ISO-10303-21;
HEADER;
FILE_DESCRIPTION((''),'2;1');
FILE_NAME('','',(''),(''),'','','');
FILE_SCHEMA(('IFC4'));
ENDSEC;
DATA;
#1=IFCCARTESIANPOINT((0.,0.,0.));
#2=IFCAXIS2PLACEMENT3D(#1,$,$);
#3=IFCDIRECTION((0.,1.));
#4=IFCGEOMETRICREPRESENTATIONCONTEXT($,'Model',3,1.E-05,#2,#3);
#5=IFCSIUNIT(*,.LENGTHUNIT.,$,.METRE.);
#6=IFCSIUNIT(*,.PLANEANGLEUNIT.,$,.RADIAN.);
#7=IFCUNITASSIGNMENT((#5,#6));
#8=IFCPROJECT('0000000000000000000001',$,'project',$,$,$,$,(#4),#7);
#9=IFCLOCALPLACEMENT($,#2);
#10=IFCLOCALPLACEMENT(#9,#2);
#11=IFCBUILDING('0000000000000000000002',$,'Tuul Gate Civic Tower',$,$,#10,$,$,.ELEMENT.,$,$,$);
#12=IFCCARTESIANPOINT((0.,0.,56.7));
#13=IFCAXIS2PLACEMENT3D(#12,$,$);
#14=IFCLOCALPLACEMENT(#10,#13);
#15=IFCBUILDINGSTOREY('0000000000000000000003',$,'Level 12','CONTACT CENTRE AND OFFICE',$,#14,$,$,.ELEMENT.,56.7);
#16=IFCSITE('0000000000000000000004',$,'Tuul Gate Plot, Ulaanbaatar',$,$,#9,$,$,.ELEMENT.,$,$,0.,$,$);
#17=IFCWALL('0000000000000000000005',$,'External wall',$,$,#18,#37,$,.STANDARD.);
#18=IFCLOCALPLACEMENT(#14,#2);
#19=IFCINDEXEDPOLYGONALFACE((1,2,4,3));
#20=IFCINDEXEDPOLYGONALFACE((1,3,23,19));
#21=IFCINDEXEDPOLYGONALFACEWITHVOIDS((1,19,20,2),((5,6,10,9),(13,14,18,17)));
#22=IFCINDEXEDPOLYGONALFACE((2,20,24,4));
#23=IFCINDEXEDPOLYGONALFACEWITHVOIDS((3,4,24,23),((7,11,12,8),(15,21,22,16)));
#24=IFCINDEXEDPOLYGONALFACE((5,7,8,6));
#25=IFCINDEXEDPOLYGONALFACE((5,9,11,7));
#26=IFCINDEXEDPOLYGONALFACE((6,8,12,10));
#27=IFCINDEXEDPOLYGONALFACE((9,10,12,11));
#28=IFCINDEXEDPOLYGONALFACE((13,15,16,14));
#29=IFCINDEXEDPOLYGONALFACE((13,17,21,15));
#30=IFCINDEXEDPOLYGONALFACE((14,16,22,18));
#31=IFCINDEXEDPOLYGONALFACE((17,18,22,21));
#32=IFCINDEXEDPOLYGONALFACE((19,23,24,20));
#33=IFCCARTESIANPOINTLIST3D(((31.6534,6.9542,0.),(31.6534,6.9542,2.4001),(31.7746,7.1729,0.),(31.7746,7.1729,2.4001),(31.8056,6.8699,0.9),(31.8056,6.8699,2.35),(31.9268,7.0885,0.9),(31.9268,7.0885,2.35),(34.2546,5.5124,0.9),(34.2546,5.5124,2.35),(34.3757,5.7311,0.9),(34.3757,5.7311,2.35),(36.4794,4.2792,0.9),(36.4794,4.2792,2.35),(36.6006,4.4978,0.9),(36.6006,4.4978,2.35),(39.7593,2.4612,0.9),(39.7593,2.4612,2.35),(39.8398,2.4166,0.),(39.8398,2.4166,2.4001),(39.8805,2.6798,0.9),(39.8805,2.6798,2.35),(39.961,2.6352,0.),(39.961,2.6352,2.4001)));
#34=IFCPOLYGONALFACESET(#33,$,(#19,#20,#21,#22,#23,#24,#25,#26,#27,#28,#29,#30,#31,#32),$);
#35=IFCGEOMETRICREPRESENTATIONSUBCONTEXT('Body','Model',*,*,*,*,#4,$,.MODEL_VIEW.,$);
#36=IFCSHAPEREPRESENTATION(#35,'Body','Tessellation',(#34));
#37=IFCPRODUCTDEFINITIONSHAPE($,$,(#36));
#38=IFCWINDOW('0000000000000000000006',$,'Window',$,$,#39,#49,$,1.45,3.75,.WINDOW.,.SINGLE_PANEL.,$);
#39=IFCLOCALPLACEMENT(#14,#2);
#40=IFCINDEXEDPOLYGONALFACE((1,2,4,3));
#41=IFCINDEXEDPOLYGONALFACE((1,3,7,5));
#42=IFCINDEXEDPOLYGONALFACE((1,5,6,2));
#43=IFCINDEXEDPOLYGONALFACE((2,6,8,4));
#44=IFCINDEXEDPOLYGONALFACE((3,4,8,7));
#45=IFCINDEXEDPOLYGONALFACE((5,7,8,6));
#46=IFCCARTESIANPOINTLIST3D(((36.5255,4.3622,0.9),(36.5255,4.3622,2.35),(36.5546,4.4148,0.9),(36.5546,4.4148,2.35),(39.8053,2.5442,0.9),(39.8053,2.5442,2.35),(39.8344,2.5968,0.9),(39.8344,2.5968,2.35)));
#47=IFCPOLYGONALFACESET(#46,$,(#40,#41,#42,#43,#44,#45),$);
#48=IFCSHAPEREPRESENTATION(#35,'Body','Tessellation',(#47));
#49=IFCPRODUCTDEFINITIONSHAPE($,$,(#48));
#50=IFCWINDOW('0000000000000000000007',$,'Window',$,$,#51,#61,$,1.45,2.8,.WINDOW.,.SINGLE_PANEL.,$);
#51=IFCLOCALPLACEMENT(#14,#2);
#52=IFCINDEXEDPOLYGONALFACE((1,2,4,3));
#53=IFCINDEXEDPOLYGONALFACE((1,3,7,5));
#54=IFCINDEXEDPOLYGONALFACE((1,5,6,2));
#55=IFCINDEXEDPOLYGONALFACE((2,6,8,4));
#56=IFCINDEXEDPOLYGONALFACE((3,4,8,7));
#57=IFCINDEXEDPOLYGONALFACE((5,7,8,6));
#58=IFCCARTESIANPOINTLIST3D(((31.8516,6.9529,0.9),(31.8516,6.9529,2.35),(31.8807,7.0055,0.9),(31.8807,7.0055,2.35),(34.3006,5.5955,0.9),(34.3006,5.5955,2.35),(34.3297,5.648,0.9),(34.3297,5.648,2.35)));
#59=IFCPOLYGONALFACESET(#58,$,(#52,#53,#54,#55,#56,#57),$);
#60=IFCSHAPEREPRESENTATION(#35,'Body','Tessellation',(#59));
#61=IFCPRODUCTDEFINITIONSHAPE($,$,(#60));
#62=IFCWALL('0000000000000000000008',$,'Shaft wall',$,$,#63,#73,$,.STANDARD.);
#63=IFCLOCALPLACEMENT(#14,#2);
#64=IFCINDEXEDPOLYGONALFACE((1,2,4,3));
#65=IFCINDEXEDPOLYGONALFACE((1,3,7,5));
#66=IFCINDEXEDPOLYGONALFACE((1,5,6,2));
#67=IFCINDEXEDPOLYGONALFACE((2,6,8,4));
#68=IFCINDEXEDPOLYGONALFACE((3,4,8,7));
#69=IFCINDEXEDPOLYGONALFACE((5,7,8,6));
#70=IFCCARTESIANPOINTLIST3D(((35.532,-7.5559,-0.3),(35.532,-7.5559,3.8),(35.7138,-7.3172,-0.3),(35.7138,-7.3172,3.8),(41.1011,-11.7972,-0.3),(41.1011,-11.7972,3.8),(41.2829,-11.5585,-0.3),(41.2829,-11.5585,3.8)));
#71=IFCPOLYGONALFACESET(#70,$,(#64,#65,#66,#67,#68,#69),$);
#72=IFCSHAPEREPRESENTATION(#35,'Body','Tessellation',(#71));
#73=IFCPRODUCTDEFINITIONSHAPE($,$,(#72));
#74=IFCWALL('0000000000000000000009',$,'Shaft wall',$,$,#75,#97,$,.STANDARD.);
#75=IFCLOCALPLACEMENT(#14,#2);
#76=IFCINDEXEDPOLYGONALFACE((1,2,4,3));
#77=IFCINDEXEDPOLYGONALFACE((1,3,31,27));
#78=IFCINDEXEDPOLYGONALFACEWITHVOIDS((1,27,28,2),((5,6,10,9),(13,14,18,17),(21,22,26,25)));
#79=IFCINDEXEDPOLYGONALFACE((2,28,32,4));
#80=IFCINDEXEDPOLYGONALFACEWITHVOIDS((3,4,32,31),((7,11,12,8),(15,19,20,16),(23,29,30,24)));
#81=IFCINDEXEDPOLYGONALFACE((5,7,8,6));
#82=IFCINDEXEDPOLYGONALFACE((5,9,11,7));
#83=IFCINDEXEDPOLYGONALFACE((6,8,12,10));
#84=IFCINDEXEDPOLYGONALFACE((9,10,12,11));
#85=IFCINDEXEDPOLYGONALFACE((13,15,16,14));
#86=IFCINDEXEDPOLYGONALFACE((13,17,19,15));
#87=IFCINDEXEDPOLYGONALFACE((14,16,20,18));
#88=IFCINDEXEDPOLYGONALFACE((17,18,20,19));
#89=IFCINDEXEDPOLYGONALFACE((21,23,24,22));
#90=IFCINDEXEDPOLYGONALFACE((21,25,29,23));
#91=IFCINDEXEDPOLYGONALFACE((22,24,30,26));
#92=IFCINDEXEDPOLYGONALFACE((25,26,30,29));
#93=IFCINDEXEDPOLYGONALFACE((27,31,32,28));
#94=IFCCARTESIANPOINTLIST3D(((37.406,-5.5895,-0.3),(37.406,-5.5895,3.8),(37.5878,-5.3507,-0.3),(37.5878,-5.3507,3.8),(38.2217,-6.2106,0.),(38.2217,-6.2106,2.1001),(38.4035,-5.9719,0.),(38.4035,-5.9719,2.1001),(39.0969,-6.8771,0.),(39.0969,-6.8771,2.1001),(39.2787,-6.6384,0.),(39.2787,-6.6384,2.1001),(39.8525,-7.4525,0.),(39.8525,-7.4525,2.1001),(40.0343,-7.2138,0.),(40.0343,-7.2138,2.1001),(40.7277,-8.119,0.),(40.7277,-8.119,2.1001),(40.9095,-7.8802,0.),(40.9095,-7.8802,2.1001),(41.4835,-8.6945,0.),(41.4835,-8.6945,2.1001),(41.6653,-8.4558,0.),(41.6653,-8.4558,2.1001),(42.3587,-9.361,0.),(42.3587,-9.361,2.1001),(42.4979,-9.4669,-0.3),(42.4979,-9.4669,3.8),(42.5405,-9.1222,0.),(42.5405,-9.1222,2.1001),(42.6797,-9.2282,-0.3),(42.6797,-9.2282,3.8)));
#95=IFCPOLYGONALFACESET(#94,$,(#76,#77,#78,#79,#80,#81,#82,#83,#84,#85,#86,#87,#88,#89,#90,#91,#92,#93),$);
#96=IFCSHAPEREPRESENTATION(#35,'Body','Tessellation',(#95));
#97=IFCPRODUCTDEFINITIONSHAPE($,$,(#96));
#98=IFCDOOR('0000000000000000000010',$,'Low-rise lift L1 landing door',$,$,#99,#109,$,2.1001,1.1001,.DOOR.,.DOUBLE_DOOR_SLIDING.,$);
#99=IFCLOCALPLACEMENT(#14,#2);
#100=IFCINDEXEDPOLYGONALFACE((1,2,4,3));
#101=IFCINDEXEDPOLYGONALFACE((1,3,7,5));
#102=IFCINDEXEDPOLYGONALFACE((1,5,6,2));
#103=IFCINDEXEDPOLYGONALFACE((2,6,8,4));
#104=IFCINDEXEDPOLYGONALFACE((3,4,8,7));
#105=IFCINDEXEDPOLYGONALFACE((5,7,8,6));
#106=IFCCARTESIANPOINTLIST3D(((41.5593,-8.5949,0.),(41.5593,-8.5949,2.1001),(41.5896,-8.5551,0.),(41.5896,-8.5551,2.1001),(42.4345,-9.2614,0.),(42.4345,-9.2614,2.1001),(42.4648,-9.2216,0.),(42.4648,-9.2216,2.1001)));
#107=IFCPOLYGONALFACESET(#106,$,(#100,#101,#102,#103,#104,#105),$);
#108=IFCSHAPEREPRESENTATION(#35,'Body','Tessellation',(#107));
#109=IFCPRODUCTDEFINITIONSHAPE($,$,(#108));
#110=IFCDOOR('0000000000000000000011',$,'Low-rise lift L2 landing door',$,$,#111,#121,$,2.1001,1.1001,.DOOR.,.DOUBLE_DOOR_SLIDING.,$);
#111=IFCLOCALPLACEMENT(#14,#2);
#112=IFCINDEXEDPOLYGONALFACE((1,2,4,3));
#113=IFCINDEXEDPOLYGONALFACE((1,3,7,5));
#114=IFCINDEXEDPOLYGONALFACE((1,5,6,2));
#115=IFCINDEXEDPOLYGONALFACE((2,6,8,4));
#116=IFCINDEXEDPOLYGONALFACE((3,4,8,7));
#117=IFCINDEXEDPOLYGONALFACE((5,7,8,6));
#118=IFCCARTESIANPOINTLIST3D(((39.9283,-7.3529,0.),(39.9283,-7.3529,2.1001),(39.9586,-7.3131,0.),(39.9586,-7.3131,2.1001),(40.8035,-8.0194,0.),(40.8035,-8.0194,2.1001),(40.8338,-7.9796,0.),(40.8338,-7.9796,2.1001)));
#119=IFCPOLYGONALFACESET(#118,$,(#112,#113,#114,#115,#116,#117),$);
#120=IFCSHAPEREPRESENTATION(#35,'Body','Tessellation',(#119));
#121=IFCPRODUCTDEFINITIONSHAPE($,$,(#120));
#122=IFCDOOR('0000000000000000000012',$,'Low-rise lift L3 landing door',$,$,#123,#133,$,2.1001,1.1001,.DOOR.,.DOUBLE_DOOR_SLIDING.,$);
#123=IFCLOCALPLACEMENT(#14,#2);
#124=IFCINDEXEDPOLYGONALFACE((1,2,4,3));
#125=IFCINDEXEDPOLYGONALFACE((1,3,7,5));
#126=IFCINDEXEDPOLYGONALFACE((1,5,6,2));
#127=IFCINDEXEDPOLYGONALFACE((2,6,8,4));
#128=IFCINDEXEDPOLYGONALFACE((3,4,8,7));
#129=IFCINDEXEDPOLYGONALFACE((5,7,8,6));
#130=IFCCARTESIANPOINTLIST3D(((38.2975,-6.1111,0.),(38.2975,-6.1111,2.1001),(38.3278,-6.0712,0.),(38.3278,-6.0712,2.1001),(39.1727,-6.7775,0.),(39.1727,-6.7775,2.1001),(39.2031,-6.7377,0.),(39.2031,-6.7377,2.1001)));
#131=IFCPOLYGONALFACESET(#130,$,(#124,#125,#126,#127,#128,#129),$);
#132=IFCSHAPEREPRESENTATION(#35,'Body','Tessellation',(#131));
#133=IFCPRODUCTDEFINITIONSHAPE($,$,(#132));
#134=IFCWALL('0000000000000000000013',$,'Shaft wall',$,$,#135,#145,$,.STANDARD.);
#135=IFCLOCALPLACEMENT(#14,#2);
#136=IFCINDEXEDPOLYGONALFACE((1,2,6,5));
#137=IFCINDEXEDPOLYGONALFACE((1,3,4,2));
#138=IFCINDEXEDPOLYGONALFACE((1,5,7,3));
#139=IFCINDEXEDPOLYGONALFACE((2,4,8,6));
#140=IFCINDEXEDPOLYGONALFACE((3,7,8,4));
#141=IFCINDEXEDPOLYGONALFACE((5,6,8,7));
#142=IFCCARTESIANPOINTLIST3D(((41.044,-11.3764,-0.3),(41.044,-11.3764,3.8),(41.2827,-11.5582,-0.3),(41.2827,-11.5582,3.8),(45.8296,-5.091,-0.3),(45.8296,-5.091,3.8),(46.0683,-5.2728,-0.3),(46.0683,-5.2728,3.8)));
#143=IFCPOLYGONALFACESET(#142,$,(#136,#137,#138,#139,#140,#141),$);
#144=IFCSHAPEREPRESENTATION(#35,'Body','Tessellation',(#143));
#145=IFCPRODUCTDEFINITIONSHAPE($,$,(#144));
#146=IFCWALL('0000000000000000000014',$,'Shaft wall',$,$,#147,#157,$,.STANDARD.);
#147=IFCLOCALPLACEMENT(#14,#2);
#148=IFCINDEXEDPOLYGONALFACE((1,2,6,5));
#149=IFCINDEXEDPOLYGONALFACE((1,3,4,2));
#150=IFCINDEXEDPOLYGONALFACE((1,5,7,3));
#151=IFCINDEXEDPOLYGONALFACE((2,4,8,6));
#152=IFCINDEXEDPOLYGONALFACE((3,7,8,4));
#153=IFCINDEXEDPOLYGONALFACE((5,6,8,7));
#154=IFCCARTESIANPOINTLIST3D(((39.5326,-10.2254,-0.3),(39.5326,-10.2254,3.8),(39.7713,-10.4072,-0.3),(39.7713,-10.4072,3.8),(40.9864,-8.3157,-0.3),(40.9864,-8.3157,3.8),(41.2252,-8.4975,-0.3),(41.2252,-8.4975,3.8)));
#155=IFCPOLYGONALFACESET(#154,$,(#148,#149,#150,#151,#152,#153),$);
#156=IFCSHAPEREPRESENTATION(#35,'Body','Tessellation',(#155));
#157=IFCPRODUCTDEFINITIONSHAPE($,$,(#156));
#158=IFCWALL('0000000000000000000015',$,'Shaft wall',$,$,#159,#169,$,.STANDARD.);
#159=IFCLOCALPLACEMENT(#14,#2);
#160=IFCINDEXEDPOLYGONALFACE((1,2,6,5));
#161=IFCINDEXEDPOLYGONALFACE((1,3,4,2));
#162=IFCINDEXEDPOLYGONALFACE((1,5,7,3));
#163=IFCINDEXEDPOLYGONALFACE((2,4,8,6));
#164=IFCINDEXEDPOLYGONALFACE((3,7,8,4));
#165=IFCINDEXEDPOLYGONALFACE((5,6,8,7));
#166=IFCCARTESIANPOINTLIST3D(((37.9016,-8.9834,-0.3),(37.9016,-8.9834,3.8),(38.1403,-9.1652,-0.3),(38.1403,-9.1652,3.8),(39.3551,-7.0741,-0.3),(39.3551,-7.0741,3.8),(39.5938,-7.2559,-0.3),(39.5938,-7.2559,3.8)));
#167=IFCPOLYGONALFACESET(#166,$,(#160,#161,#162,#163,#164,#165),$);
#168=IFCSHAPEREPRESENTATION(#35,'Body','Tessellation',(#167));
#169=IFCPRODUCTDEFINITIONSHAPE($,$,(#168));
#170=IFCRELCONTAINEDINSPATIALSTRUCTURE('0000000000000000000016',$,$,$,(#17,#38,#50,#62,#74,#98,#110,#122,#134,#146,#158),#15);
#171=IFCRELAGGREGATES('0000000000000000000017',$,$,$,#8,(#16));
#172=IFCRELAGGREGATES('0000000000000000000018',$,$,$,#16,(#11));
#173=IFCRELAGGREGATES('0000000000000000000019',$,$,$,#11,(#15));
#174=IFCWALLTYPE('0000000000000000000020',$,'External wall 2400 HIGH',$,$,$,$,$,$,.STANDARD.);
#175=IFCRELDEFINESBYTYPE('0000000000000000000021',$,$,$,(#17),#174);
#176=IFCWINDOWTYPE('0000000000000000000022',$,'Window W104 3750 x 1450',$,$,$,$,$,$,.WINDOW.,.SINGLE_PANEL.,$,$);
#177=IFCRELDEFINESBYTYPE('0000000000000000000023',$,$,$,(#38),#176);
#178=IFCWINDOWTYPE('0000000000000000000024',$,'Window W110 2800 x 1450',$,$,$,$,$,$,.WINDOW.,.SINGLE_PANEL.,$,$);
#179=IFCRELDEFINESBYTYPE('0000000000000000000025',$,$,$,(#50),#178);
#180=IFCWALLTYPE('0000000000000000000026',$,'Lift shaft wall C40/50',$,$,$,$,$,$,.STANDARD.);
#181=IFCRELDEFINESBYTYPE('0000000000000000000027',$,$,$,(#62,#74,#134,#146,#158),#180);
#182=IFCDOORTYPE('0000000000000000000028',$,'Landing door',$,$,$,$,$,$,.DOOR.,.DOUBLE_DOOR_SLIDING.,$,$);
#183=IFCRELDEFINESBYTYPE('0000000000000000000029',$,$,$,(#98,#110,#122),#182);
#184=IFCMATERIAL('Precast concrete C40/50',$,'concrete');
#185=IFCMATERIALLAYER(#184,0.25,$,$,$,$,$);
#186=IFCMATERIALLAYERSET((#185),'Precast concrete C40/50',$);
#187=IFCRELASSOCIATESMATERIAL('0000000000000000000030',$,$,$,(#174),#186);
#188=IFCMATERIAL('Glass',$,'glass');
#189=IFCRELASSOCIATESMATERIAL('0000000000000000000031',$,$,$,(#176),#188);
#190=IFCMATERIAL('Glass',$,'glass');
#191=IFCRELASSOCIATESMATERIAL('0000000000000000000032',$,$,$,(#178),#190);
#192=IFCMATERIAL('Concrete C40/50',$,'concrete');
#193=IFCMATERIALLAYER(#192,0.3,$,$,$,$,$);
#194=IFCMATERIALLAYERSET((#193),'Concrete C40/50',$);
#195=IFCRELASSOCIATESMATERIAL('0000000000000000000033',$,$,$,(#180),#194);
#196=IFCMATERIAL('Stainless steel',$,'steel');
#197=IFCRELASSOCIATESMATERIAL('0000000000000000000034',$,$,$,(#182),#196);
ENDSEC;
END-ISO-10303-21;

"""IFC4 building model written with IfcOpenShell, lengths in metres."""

from ifc_helpers import new_model, si_unit, direction, frame, frame_2d, origin, place, context, subcontext, project, spatial, rectangle, extrude, material, layer, layer_set, type_object, element, fill, save


model = new_model("IFC4")

# Units and contexts
model_context = context("Model", 3, precision=1e-05, world=origin(), true_north=direction((0.0, 1.0)))
body_context = subcontext(model_context, "Body", "Model", "MODEL_VIEW")
ifc_project = project(units=[si_unit("LENGTHUNIT", "METRE"), si_unit("PLANEANGLEUNIT", "RADIAN")], contexts=[model_context])

# Site, building, storey
site_placement = place(None, origin())
site = spatial("IfcSite", under=ifc_project, at=site_placement, Name="Tuul Gate Plot, Ulaanbaatar", CompositionType="ELEMENT", RefElevation=0.0)
building_placement = place(site_placement, origin())
building = spatial("IfcBuilding", under=site, at=building_placement, Name="Tuul Gate Civic Tower", CompositionType="ELEMENT")
storey_placement = place(building_placement, frame((0.0, 0.0, 56.7)))
storey = spatial("IfcBuildingStorey", under=building, at=storey_placement, Name="Level 12", Description="CONTACT CENTRE AND OFFICE", CompositionType="ELEMENT", Elevation=56.7)

# Wall, openings, windows
ifc_material_1 = material(Name="Precast concrete C40/50", Category="concrete")
ifc_layer_1 = layer(ifc_material_1, 0.25)
ifc_layer_set_1 = layer_set([ifc_layer_1], Name="Precast concrete C40/50")
wall_type_1 = type_object("IfcWallType", Name="External wall 2400 HIGH", PredefinedType="STANDARD", material=ifc_layer_set_1)
wall_1_placement = place(storey_placement, frame((39.9004, 2.5259, 0.0), z_axis=(0.0, 0.0, 1.0), x_axis=(-0.874626, 0.484799, 0.0)))
wall_1 = element("IfcWall", 1, at=wall_1_placement, inside=storey, type_object=wall_type_1, Name="External wall", PredefinedType="STANDARD", context=body_context, shape_type="SweptSolid", body=[
    extrude(rectangle(XDim=9.3599, YDim=0.25, at=frame_2d((4.6799, 0.0))), origin(), (0.0, 0.0, 1.0), 2.4001),
])
opening_1_placement = place(wall_1_placement, frame((0.092, 0.0, 0.8999)))
opening_1 = element("IfcOpeningElement", 2, at=opening_1_placement, cuts=wall_1, PredefinedType="OPENING", context=body_context, shape_type="SweptSolid", body=[
    extrude(rectangle(XDim=3.75, YDim=1.45, at=frame_2d((1.875, 0.7251))), frame((0.0, 0.135, 0.0), z_axis=(0.0, -1.0, 0.0), x_axis=(1.0, 0.0, 0.0)), (0.0, 0.0, 1.0), 0.27),
])
opening_2_placement = place(wall_1_placement, frame((6.386, 0.0, 0.8999)))
opening_2 = element("IfcOpeningElement", 3, at=opening_2_placement, cuts=wall_1, PredefinedType="OPENING", context=body_context, shape_type="SweptSolid", body=[
    extrude(rectangle(XDim=2.8, YDim=1.45, at=frame_2d((1.3999, 0.7251))), frame((0.0, 0.135, 0.0), z_axis=(0.0, -1.0, 0.0), x_axis=(1.0, 0.0, 0.0)), (0.0, 0.0, 1.0), 0.27),
])
ifc_material_2 = material(Name="Glass", Category="glass")
window_type_1 = type_object("IfcWindowType", Name="Window W104 3750 x 1450", PartitioningType="SINGLE_PANEL", PredefinedType="WINDOW", material=ifc_material_2)
window_1_placement = place(opening_1_placement, origin())
window_1 = element("IfcWindow", 4, at=window_1_placement, inside=storey, type_object=window_type_1, Name="Window", OverallHeight=1.45, OverallWidth=3.75, PartitioningType="SINGLE_PANEL", PredefinedType="WINDOW", context=body_context, shape_type="SweptSolid", body=[
    extrude(rectangle(XDim=3.75, YDim=1.45, at=frame_2d((1.875, 0.7251))), frame((0.0, 0.03, 0.0), z_axis=(0.0, -1.0, 0.0), x_axis=(1.0, 0.0, 0.0)), (0.0, 0.0, 1.0), 0.0601),
])
fill(opening_1, window_1)
ifc_material_3 = material(Name="Glass", Category="glass")
window_type_2 = type_object("IfcWindowType", Name="Window W110 2800 x 1450", PartitioningType="SINGLE_PANEL", PredefinedType="WINDOW", material=ifc_material_3)
window_2_placement = place(opening_2_placement, origin())
window_2 = element("IfcWindow", 5, at=window_2_placement, inside=storey, type_object=window_type_2, Name="Window", OverallHeight=1.45, OverallWidth=2.8, PartitioningType="SINGLE_PANEL", PredefinedType="WINDOW", context=body_context, shape_type="SweptSolid", body=[
    extrude(rectangle(XDim=2.8, YDim=1.45, at=frame_2d((1.3999, 0.7251))), frame((0.0, 0.03, 0.0), z_axis=(0.0, -1.0, 0.0), x_axis=(1.0, 0.0, 0.0)), (0.0, 0.0, 1.0), 0.0601),
])
fill(opening_2, window_2)

# Wall
ifc_material_4 = material(Name="Concrete C40/50", Category="concrete")
ifc_layer_2 = layer(ifc_material_4, 0.3)
ifc_layer_set_2 = layer_set([ifc_layer_2], Name="Concrete C40/50")
wall_type_2 = type_object("IfcWallType", Name="Lift shaft wall C40/50", PredefinedType="STANDARD", material=ifc_layer_set_2)
wall_2_placement = place(storey_placement, frame((41.1919, -11.6777, -0.3), z_axis=(0.0, 0.0, 1.0), x_axis=(-0.795563, 0.605871, 0.0)))
element("IfcWall", 6, at=wall_2_placement, inside=storey, type_object=wall_type_2, Name="Shaft wall", PredefinedType="STANDARD", context=body_context, shape_type="SweptSolid", body=[
    extrude(rectangle(XDim=7.0002, YDim=0.3, at=frame_2d((3.5, 0.0))), origin(), (0.0, 0.0, 1.0), 4.1001),
])

# Wall, openings, doors
wall_3_placement = place(storey_placement, frame((42.5889, -9.3477, -0.3), z_axis=(0.0, 0.0, 1.0), x_axis=(-0.795584, 0.605843, 0.0)))
wall_3 = element("IfcWall", 7, at=wall_3_placement, inside=storey, type_object=wall_type_2, Name="Shaft wall", PredefinedType="STANDARD", context=body_context, shape_type="SweptSolid", body=[
    extrude(rectangle(XDim=6.4001, YDim=0.3, at=frame_2d((3.2002, 0.0))), origin(), (0.0, 0.0, 1.0), 4.1001),
])
opening_3_placement = place(wall_3_placement, frame((0.175, 0.0, 0.3)))
opening_3 = element("IfcOpeningElement", 8, at=opening_3_placement, cuts=wall_3, PredefinedType="OPENING", context=body_context, shape_type="SweptSolid", body=[
    extrude(rectangle(XDim=1.1001, YDim=2.1001, at=frame_2d((0.55, 1.05))), frame((0.0, 0.1602, 0.0), z_axis=(0.0, -1.0, 0.0), x_axis=(1.0, 0.0, 0.0)), (0.0, 0.0, 1.0), 0.3201),
])
opening_4_placement = place(wall_3_placement, frame((2.2251, 0.0, 0.3)))
opening_4 = element("IfcOpeningElement", 9, at=opening_4_placement, cuts=wall_3, PredefinedType="OPENING", context=body_context, shape_type="SweptSolid", body=[
    extrude(rectangle(XDim=1.1001, YDim=2.1001, at=frame_2d((0.55, 1.05))), frame((0.0, 0.1602, 0.0), z_axis=(0.0, -1.0, 0.0), x_axis=(1.0, 0.0, 0.0)), (0.0, 0.0, 1.0), 0.3201),
])
opening_5_placement = place(wall_3_placement, frame((4.2749, 0.0, 0.3)))
opening_5 = element("IfcOpeningElement", 10, at=opening_5_placement, cuts=wall_3, PredefinedType="OPENING", context=body_context, shape_type="SweptSolid", body=[
    extrude(rectangle(XDim=1.1001, YDim=2.1001, at=frame_2d((0.55, 1.05))), frame((0.0, 0.1602, 0.0), z_axis=(0.0, -1.0, 0.0), x_axis=(1.0, 0.0, 0.0)), (0.0, 0.0, 1.0), 0.3201),
])
ifc_material_5 = material(Name="Stainless steel", Category="steel")
door_type_1 = type_object("IfcDoorType", Name="Landing door", OperationType="DOUBLE_DOOR_SLIDING", PredefinedType="DOOR", material=ifc_material_5)
door_1_placement = place(opening_3_placement, origin())
door_1 = element("IfcDoor", 11, at=door_1_placement, inside=storey, type_object=door_type_1, Name="Low-rise lift L1 landing door", OperationType="DOUBLE_DOOR_SLIDING", OverallHeight=2.1001, OverallWidth=1.1001, PredefinedType="DOOR", context=body_context, shape_type="SweptSolid", body=[
    extrude(rectangle(XDim=1.1001, YDim=2.1001, at=frame_2d((0.55, 1.05))), frame((0.0, 0.0249, 0.0), z_axis=(0.0, -1.0, 0.0), x_axis=(1.0, 0.0, 0.0)), (0.0, 0.0, 1.0), 0.05),
])
fill(opening_3, door_1)
door_2_placement = place(opening_4_placement, origin())
door_2 = element("IfcDoor", 12, at=door_2_placement, inside=storey, type_object=door_type_1, Name="Low-rise lift L2 landing door", OperationType="DOUBLE_DOOR_SLIDING", OverallHeight=2.1001, OverallWidth=1.1001, PredefinedType="DOOR", context=body_context, shape_type="SweptSolid", body=[
    extrude(rectangle(XDim=1.1001, YDim=2.1001, at=frame_2d((0.55, 1.05))), frame((0.0, 0.0249, 0.0), z_axis=(0.0, -1.0, 0.0), x_axis=(1.0, 0.0, 0.0)), (0.0, 0.0, 1.0), 0.05),
])
fill(opening_4, door_2)
door_3_placement = place(opening_5_placement, origin())
door_3 = element("IfcDoor", 13, at=door_3_placement, inside=storey, type_object=door_type_1, Name="Low-rise lift L3 landing door", OperationType="DOUBLE_DOOR_SLIDING", OverallHeight=2.1001, OverallWidth=1.1001, PredefinedType="DOOR", context=body_context, shape_type="SweptSolid", body=[
    extrude(rectangle(XDim=1.1001, YDim=2.1001, at=frame_2d((0.55, 1.05))), frame((0.0, 0.0249, 0.0), z_axis=(0.0, -1.0, 0.0), x_axis=(1.0, 0.0, 0.0)), (0.0, 0.0, 1.0), 0.05),
])
fill(opening_5, door_3)

# Walls
wall_4_placement = place(storey_placement, frame((41.1633, -11.4673, -0.3), z_axis=(0.0, 0.0, 1.0), x_axis=(0.605784, 0.795629, 0.0)))
element("IfcWall", 14, at=wall_4_placement, inside=storey, type_object=wall_type_2, Name="Shaft wall", PredefinedType="STANDARD", context=body_context, shape_type="SweptSolid", body=[
    extrude(rectangle(XDim=7.8999, YDim=0.3, at=frame_2d((3.95, 0.0))), origin(), (0.0, 0.0, 1.0), 4.1001),
])
wall_5_placement = place(storey_placement, frame((39.6519, -10.3164, -0.3), z_axis=(0.0, 0.0, 1.0), x_axis=(0.605746, 0.795658, 0.0)))
element("IfcWall", 15, at=wall_5_placement, inside=storey, type_object=wall_type_2, Name="Shaft wall", PredefinedType="STANDARD", context=body_context, shape_type="SweptSolid", body=[
    extrude(rectangle(XDim=2.4001, YDim=0.3, at=frame_2d((1.2002, 0.0))), origin(), (0.0, 0.0, 1.0), 4.1001),
])
wall_6_placement = place(storey_placement, frame((38.021, -9.0742, -0.3), z_axis=(0.0, 0.0, 1.0), x_axis=(0.605731, 0.79567, 0.0)))
element("IfcWall", 16, at=wall_6_placement, inside=storey, type_object=wall_type_2, Name="Shaft wall", PredefinedType="STANDARD", context=body_context, shape_type="SweptSolid", body=[
    extrude(rectangle(XDim=2.3997, YDim=0.3, at=frame_2d((1.1997, 0.0))), origin(), (0.0, 0.0, 1.0), 4.1001),
])

save(model, "model.ifc")
